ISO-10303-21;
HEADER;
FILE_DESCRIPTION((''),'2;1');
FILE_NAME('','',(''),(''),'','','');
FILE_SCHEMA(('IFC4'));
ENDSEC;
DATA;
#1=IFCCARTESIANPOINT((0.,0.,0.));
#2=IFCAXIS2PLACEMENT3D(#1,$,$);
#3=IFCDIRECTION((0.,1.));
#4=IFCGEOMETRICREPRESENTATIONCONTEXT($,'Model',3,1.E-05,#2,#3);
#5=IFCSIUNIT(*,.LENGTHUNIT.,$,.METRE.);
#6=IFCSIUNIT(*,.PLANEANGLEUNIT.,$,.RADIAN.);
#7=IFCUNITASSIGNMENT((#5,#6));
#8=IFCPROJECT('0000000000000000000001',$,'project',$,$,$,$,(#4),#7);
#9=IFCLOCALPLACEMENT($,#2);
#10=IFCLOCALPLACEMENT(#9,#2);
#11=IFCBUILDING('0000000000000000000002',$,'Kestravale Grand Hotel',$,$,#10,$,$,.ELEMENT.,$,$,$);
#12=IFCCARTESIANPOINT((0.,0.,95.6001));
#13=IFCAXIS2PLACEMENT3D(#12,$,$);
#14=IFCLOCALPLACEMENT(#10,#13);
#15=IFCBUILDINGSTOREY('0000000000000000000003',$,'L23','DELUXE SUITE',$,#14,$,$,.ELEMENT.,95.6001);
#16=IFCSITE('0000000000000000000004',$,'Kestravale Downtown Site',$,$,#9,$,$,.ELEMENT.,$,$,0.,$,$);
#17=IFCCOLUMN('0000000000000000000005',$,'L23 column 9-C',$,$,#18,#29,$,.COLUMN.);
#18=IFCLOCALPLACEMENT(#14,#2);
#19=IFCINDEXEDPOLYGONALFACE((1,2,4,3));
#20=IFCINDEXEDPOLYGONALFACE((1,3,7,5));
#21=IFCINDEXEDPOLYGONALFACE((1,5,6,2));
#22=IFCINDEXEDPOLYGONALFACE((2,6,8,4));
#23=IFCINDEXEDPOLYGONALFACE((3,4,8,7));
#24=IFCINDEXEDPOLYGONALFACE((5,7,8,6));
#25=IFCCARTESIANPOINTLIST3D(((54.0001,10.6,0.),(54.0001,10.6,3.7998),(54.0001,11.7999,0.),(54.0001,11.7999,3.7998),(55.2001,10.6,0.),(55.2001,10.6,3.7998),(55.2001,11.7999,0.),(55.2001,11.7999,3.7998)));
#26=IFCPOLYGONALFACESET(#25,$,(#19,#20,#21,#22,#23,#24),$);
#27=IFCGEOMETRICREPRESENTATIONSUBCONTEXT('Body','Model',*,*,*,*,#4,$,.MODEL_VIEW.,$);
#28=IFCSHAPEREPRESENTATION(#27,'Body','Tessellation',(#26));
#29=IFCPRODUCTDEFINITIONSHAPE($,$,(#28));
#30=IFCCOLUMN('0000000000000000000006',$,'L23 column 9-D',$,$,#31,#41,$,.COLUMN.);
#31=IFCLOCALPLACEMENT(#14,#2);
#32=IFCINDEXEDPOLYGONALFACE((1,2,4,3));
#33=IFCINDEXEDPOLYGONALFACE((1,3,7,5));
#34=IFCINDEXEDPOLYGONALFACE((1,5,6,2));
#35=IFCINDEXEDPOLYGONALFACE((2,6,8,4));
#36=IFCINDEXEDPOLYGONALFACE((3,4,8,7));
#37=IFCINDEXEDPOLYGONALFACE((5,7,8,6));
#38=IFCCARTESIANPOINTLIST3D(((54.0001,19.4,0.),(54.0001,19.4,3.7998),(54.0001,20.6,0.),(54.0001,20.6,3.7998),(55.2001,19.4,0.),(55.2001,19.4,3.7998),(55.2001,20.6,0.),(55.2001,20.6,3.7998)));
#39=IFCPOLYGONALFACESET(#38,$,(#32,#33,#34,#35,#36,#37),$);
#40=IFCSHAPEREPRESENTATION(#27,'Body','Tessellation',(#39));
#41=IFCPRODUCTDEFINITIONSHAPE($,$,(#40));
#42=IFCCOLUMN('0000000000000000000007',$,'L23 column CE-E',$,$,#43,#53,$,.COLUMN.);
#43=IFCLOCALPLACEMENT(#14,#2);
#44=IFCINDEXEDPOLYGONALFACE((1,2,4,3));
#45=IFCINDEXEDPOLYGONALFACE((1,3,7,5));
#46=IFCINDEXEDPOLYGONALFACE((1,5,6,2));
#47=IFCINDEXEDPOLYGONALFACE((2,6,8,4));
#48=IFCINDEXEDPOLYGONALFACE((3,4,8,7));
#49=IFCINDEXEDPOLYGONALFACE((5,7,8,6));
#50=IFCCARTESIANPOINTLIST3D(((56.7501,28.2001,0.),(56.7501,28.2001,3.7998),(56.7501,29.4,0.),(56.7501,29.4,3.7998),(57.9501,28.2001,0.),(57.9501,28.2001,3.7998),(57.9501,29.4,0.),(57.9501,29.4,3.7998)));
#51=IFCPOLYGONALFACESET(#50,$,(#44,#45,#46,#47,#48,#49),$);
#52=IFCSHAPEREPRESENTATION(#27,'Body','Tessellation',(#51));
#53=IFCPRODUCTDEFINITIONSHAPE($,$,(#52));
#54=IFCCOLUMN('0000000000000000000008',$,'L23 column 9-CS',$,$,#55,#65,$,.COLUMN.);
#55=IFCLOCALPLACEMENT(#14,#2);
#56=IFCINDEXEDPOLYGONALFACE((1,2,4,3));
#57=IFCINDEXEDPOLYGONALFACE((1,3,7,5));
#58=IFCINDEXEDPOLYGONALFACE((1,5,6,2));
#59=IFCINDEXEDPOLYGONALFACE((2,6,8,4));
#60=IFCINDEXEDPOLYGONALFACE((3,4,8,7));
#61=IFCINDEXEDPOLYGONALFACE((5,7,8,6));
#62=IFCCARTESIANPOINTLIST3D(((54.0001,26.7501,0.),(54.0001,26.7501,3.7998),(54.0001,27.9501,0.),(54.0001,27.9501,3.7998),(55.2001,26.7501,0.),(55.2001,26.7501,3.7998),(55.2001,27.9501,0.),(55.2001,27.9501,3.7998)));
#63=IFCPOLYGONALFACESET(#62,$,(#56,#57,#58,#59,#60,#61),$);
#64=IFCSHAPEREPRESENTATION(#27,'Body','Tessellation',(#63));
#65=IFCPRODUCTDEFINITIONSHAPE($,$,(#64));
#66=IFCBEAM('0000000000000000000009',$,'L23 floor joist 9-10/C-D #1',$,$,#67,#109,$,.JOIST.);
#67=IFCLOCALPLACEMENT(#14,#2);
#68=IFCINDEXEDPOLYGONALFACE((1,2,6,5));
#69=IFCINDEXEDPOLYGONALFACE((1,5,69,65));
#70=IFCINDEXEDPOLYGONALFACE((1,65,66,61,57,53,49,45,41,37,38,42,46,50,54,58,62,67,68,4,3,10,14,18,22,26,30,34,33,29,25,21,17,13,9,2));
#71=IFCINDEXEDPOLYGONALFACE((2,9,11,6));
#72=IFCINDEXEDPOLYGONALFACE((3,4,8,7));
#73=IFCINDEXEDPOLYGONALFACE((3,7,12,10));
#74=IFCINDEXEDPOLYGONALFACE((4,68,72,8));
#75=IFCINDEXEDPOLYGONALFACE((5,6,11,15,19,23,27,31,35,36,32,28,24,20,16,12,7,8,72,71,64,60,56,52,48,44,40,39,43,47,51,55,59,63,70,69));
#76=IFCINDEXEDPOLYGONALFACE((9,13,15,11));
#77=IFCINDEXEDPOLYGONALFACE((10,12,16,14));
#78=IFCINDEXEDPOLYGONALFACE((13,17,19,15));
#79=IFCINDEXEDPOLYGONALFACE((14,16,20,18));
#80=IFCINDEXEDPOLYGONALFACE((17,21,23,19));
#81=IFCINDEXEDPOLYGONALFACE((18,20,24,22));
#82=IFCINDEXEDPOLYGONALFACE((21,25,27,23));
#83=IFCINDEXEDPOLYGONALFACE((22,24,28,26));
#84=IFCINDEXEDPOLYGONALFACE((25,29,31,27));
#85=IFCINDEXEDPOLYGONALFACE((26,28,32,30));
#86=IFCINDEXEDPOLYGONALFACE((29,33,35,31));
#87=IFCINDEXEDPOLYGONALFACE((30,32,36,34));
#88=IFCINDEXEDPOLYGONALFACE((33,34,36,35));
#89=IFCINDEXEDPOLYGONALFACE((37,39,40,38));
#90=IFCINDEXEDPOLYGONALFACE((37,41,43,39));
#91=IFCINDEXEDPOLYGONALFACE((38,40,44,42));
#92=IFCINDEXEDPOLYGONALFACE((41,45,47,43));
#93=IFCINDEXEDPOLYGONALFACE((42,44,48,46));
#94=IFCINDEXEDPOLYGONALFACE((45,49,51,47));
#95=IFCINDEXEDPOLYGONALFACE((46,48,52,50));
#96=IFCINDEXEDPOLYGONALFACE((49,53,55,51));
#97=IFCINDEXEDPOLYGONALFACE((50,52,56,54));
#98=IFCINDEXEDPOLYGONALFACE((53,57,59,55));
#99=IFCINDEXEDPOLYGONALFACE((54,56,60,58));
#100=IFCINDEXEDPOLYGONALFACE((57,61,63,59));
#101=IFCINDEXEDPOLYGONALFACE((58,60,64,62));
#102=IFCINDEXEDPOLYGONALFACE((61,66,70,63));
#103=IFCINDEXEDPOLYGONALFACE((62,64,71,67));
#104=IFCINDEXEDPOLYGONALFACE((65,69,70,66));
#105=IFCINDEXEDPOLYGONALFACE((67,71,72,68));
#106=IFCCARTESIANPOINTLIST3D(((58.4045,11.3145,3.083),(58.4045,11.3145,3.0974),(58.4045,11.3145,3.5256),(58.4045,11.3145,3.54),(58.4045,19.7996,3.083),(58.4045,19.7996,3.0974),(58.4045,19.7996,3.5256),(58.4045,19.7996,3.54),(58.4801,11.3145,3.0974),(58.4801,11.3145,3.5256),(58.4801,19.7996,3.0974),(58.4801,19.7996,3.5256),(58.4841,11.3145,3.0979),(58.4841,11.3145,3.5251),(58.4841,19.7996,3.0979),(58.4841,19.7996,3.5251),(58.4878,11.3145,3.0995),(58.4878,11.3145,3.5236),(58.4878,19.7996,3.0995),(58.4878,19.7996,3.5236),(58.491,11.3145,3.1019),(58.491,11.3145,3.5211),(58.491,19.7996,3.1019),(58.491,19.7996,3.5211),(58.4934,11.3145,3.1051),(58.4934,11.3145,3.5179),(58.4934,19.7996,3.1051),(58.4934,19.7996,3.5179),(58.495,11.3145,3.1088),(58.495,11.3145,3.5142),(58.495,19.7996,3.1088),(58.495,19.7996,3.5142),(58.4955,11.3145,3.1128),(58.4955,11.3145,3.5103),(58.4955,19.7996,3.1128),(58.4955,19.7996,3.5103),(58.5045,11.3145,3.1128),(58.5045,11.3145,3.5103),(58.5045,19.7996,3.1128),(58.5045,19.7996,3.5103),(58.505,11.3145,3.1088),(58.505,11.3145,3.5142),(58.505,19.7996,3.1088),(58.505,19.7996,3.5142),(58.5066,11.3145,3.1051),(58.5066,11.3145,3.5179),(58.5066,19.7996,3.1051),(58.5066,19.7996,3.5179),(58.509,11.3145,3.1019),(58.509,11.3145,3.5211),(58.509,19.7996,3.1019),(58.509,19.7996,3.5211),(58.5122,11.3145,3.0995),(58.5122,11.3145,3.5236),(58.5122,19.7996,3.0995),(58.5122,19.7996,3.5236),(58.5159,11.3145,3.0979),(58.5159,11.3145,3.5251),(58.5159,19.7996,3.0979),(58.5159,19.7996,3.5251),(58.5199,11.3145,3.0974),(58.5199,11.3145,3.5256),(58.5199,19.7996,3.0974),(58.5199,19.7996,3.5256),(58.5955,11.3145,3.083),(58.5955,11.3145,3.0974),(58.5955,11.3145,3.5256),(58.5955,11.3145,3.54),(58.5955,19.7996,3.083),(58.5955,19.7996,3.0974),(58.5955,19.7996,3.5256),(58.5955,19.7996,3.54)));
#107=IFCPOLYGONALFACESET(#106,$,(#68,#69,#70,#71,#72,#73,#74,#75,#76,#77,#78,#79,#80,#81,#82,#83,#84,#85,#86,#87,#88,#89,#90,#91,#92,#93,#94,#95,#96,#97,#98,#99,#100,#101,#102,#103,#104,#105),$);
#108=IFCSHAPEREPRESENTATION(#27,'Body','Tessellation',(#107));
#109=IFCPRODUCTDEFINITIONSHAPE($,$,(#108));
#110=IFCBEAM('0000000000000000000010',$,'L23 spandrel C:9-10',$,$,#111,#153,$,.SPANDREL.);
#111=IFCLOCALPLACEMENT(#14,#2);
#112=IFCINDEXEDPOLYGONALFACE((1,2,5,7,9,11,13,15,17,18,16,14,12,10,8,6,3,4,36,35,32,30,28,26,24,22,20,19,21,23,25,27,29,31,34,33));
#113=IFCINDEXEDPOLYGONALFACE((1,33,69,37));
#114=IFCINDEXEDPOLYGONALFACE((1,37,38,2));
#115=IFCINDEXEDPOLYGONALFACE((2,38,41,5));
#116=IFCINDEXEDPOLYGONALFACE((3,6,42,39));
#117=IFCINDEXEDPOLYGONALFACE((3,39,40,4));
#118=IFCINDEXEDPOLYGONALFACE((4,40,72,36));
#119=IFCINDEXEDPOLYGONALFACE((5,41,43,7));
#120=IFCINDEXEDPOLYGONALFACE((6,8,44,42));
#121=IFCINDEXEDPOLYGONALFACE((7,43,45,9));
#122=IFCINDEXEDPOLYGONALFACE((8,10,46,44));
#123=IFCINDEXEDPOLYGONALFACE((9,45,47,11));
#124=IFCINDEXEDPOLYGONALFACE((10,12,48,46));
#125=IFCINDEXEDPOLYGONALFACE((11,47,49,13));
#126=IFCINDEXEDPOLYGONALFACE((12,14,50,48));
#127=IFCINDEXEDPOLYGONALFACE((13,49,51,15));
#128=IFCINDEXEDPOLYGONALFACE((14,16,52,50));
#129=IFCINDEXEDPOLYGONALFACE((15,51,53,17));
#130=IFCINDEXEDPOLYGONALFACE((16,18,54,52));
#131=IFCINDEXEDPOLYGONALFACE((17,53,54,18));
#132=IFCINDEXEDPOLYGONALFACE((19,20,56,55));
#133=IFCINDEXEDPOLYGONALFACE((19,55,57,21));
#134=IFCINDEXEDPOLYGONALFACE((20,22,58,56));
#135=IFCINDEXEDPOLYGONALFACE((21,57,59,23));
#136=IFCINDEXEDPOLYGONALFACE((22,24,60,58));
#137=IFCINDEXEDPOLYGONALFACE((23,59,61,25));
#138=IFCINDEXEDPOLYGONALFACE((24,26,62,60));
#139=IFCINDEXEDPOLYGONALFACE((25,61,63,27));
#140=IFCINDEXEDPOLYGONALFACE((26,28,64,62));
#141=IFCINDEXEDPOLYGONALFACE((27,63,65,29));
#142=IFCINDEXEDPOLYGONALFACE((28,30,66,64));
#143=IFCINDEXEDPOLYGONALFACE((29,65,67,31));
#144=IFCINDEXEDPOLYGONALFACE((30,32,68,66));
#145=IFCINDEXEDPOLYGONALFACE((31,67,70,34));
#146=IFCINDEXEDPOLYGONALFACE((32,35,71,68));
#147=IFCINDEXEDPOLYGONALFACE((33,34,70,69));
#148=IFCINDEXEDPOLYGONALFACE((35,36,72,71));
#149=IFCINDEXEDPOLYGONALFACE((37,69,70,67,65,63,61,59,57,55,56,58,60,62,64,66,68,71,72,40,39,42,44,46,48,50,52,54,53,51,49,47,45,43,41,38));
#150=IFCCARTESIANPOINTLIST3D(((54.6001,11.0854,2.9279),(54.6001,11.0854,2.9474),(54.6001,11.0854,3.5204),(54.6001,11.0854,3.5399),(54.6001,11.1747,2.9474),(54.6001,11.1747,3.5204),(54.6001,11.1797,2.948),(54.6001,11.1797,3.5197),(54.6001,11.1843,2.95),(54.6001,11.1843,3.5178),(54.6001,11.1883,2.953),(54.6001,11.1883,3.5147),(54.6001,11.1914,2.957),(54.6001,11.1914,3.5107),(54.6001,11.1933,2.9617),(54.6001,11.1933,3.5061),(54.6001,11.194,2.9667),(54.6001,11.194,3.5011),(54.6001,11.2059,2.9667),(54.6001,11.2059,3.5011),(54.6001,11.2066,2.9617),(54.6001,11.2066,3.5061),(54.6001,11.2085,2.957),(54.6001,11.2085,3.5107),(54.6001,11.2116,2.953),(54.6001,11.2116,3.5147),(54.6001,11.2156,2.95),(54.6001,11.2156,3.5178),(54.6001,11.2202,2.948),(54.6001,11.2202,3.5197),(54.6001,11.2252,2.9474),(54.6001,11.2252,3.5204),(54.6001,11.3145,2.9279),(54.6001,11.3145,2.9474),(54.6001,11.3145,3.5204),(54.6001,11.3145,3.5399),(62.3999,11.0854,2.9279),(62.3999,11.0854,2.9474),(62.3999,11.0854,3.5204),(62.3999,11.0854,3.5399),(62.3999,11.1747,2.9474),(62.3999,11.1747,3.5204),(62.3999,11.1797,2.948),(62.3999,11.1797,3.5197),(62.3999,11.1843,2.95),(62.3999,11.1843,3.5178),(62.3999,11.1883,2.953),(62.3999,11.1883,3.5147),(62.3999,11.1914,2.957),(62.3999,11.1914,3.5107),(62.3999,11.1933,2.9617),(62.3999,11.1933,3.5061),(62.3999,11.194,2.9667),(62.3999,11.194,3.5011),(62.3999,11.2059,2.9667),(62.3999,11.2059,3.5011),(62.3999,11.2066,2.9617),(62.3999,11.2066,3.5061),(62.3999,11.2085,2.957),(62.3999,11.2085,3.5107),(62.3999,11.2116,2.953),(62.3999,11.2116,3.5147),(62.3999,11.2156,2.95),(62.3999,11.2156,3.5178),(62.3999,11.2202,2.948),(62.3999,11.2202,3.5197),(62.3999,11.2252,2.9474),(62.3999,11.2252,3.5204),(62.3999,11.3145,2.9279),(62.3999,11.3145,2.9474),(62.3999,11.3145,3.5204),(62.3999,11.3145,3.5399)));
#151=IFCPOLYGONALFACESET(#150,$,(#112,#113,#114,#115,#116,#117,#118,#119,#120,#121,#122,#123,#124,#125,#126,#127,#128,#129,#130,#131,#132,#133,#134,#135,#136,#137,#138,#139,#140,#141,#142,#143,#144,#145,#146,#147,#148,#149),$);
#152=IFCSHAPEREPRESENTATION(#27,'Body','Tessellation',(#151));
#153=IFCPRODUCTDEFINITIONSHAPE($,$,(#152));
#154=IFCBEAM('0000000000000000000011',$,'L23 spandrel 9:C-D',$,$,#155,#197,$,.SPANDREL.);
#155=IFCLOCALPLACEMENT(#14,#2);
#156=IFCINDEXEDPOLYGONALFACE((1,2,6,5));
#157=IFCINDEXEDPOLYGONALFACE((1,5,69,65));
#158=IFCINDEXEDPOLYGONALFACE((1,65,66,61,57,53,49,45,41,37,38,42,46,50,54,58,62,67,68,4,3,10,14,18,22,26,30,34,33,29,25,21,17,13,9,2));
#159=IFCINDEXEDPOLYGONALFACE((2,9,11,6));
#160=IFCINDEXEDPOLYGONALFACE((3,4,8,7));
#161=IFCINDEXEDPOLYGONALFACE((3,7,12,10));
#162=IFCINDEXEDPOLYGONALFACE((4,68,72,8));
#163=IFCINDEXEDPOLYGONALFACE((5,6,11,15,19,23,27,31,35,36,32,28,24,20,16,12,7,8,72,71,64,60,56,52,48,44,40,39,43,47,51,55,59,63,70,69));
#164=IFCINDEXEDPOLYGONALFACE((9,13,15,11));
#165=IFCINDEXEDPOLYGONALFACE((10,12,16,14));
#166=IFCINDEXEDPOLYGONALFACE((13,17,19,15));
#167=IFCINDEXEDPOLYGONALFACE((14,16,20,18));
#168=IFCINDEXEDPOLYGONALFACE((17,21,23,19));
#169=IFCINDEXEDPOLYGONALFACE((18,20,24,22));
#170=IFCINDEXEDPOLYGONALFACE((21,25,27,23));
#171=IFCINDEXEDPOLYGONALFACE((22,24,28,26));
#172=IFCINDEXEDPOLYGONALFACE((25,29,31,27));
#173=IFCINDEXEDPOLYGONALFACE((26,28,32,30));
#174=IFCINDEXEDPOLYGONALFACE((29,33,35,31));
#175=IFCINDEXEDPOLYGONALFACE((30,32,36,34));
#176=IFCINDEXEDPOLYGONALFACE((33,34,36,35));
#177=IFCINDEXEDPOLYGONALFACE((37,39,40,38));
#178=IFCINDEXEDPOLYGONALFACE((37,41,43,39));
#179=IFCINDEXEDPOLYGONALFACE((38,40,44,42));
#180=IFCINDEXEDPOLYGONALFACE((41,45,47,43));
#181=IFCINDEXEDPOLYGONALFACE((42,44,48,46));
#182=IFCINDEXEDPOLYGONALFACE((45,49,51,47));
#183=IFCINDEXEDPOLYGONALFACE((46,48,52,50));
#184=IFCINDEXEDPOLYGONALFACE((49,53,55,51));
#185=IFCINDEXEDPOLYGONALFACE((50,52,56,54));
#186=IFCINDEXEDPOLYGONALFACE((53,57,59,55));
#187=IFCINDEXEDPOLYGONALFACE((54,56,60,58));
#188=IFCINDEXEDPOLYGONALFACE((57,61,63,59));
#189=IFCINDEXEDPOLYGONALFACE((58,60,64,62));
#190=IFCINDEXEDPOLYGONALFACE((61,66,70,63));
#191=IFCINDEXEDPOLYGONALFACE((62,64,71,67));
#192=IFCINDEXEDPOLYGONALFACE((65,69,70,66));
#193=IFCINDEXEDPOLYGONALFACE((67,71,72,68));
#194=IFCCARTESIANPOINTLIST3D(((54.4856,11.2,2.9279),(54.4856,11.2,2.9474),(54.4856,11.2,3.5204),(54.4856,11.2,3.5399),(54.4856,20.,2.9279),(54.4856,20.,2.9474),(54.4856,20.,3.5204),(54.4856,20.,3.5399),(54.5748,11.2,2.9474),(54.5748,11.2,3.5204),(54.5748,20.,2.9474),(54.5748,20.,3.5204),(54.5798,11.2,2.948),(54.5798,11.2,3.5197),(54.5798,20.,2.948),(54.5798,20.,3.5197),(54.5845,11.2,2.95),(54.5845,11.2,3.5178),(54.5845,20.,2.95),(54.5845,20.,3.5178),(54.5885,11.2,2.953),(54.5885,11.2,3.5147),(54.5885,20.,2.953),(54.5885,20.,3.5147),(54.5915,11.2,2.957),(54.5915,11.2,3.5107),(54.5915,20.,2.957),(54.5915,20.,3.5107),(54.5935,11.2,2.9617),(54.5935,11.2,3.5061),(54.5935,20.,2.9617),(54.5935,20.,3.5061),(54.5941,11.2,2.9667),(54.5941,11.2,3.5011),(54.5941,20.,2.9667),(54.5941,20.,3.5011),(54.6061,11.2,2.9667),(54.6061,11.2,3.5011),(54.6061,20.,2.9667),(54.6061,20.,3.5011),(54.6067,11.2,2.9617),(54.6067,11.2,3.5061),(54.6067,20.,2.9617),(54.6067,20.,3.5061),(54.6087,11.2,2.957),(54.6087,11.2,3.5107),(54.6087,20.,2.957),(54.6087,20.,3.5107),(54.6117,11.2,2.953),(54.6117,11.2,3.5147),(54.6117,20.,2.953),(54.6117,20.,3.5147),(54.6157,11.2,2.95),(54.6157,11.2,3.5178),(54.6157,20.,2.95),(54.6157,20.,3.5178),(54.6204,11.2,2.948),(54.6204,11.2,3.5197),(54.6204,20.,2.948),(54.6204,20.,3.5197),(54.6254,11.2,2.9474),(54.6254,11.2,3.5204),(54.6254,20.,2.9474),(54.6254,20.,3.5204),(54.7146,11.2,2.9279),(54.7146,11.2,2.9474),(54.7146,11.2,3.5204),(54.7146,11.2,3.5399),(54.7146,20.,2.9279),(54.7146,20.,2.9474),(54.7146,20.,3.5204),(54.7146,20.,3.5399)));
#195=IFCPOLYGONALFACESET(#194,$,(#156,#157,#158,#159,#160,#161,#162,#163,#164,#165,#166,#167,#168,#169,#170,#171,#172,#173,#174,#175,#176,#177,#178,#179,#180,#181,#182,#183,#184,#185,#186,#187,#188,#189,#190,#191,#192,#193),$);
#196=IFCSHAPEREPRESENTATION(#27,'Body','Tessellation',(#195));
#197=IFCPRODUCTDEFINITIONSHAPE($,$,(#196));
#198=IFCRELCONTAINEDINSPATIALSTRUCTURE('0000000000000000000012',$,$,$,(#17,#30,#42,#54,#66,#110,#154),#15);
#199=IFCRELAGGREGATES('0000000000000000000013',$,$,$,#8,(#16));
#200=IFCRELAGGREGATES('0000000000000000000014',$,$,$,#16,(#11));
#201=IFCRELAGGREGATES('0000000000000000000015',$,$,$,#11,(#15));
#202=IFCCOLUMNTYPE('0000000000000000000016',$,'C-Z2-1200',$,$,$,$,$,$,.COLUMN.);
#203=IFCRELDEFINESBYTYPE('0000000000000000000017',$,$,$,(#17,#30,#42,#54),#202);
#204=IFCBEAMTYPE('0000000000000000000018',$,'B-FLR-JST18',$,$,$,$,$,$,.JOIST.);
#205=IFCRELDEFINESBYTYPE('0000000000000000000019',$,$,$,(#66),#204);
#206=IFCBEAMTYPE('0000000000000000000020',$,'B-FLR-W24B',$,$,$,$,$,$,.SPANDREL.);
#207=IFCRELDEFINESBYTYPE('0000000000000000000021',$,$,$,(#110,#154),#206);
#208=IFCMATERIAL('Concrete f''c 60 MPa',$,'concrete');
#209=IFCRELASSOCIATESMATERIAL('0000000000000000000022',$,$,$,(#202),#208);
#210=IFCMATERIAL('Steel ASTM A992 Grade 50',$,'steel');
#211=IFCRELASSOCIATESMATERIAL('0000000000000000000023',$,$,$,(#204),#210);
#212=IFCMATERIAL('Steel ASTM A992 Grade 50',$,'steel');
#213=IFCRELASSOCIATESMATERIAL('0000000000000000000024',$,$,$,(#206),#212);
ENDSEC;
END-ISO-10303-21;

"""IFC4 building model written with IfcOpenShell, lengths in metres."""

from ifc_helpers import new_model, si_unit, direction, frame, origin, origin_2d, place, context, subcontext, project, spatial, rectangle, i_section, extrude, material, material_profile, profile_set, type_object, element, save


model = new_model("IFC4")

# Units and contexts
model_context = context("Model", 3, precision=1e-05, world=origin(), true_north=direction((0.0, 1.0)))
body_context = subcontext(model_context, "Body", "Model", "MODEL_VIEW")
ifc_project = project(units=[si_unit("LENGTHUNIT", "METRE"), si_unit("PLANEANGLEUNIT", "RADIAN")], contexts=[model_context])

# Site, building, storey
site_placement = place(None, origin())
site = spatial("IfcSite", under=ifc_project, at=site_placement, Name="Kestravale Downtown Site", CompositionType="ELEMENT", RefElevation=0.0)
building_placement = place(site_placement, origin())
building = spatial("IfcBuilding", under=site, at=building_placement, Name="Kestravale Grand Hotel", CompositionType="ELEMENT")
storey_placement = place(building_placement, frame((0.0, 0.0, 95.6001)))
storey = spatial("IfcBuildingStorey", under=building, at=storey_placement, Name="L23", Description="DELUXE SUITE", CompositionType="ELEMENT", Elevation=95.6001)

# Columns
ifc_material_1 = material(Name="Concrete f'c 60 MPa", Category="concrete")
ifc_material_profile_1 = material_profile(ifc_material_1, rectangle(XDim=1.2, YDim=1.2, at=origin_2d()))
ifc_profile_set_1 = profile_set([ifc_material_profile_1], Name="Concrete f'c 60 MPa")
column_type = type_object("IfcColumnType", Name="C-Z2-1200", PredefinedType="COLUMN", material=ifc_profile_set_1)
for number, where, z_axis, x_axis, name in (
    (1, (54.6001, 11.2, 0.0), (0.0, 0.0, 1.0), (1.0, 0.0, 0.0), "L23 column 9-C"),
    (2, (54.6001, 20.0, 0.0), (0.0, 0.0, 1.0), (1.0, 0.0, 0.0), "L23 column 9-D"),
    (3, (57.3501, 28.8, 0.0), (0.0, 0.0, 1.0), (1.0, 0.0, 0.0), "L23 column CE-E"),
    (4, (54.6001, 27.3501, 0.0), (0.0, 0.0, 1.0), (1.0, 0.0, 0.0), "L23 column 9-CS"),
):
    element("IfcColumn", number, at=place(storey_placement, frame(where, z_axis=z_axis, x_axis=x_axis)), inside=storey, type_object=column_type, Name=name, PredefinedType="COLUMN", context=body_context, shape_type="SweptSolid", body=[
        extrude(rectangle(XDim=1.2, YDim=1.2, at=origin_2d()), origin(), (0.0, 0.0, 1.0), 3.7998),
    ])

# Beams
ifc_material_2 = material(Name="Steel ASTM A992 Grade 50", Category="steel")
ifc_material_profile_2 = material_profile(ifc_material_2, i_section(OverallWidth=0.1909, OverallDepth=0.457, WebThickness=0.009, FlangeThickness=0.0144, FilletRadius=0.0154, at=origin_2d()))
ifc_profile_set_2 = profile_set([ifc_material_profile_2], Name="Steel ASTM A992 Grade 50")
beam_type_1 = type_object("IfcBeamType", Name="B-FLR-JST18", PredefinedType="JOIST", material=ifc_profile_set_2)
beam_1_placement = place(storey_placement, frame((58.5, 11.3145, 3.3115), z_axis=(0.0, 1.0, 0.0), x_axis=(-1.0, 0.0, 0.0)))
element("IfcBeam", 5, at=beam_1_placement, inside=storey, type_object=beam_type_1, Name="L23 floor joist 9-10/C-D #1", PredefinedType="JOIST", context=body_context, shape_type="SweptSolid", body=[
    extrude(i_section(OverallWidth=0.1909, OverallDepth=0.457, WebThickness=0.009, FlangeThickness=0.0144, FilletRadius=0.0154, at=origin_2d()), origin(), (0.0, 0.0, 1.0), 8.4851),
])
ifc_material_3 = material(Name="Steel ASTM A992 Grade 50", Category="steel")
ifc_material_profile_3 = material_profile(ifc_material_3, i_section(OverallWidth=0.229, OverallDepth=0.6121, WebThickness=0.012, FlangeThickness=0.0195, FilletRadius=0.0193, at=origin_2d()))
ifc_profile_set_3 = profile_set([ifc_material_profile_3], Name="Steel ASTM A992 Grade 50")
beam_type_2 = type_object("IfcBeamType", Name="B-FLR-W24B", PredefinedType="SPANDREL", material=ifc_profile_set_3)
beam_2_placement = place(storey_placement, frame((54.6001, 11.2, 3.2339), z_axis=(1.0, 0.0, 0.0), x_axis=(0.0, 1.0, 0.0)))
element("IfcBeam", 6, at=beam_2_placement, inside=storey, type_object=beam_type_2, Name="L23 spandrel C:9-10", PredefinedType="SPANDREL", context=body_context, shape_type="SweptSolid", body=[
    extrude(i_section(OverallWidth=0.229, OverallDepth=0.6121, WebThickness=0.012, FlangeThickness=0.0195, FilletRadius=0.0193, at=origin_2d()), origin(), (0.0, 0.0, 1.0), 7.7998),
])
beam_3_placement = place(storey_placement, frame((54.6001, 11.2, 3.2339), z_axis=(0.0, 1.0, 0.0), x_axis=(-1.0, 0.0, 0.0)))
element("IfcBeam", 7, at=beam_3_placement, inside=storey, type_object=beam_type_2, Name="L23 spandrel 9:C-D", PredefinedType="SPANDREL", context=body_context, shape_type="SweptSolid", body=[
    extrude(i_section(OverallWidth=0.229, OverallDepth=0.6121, WebThickness=0.012, FlangeThickness=0.0195, FilletRadius=0.0193, at=origin_2d()), origin(), (0.0, 0.0, 1.0), 8.8),
])

save(model, "model.ifc")
